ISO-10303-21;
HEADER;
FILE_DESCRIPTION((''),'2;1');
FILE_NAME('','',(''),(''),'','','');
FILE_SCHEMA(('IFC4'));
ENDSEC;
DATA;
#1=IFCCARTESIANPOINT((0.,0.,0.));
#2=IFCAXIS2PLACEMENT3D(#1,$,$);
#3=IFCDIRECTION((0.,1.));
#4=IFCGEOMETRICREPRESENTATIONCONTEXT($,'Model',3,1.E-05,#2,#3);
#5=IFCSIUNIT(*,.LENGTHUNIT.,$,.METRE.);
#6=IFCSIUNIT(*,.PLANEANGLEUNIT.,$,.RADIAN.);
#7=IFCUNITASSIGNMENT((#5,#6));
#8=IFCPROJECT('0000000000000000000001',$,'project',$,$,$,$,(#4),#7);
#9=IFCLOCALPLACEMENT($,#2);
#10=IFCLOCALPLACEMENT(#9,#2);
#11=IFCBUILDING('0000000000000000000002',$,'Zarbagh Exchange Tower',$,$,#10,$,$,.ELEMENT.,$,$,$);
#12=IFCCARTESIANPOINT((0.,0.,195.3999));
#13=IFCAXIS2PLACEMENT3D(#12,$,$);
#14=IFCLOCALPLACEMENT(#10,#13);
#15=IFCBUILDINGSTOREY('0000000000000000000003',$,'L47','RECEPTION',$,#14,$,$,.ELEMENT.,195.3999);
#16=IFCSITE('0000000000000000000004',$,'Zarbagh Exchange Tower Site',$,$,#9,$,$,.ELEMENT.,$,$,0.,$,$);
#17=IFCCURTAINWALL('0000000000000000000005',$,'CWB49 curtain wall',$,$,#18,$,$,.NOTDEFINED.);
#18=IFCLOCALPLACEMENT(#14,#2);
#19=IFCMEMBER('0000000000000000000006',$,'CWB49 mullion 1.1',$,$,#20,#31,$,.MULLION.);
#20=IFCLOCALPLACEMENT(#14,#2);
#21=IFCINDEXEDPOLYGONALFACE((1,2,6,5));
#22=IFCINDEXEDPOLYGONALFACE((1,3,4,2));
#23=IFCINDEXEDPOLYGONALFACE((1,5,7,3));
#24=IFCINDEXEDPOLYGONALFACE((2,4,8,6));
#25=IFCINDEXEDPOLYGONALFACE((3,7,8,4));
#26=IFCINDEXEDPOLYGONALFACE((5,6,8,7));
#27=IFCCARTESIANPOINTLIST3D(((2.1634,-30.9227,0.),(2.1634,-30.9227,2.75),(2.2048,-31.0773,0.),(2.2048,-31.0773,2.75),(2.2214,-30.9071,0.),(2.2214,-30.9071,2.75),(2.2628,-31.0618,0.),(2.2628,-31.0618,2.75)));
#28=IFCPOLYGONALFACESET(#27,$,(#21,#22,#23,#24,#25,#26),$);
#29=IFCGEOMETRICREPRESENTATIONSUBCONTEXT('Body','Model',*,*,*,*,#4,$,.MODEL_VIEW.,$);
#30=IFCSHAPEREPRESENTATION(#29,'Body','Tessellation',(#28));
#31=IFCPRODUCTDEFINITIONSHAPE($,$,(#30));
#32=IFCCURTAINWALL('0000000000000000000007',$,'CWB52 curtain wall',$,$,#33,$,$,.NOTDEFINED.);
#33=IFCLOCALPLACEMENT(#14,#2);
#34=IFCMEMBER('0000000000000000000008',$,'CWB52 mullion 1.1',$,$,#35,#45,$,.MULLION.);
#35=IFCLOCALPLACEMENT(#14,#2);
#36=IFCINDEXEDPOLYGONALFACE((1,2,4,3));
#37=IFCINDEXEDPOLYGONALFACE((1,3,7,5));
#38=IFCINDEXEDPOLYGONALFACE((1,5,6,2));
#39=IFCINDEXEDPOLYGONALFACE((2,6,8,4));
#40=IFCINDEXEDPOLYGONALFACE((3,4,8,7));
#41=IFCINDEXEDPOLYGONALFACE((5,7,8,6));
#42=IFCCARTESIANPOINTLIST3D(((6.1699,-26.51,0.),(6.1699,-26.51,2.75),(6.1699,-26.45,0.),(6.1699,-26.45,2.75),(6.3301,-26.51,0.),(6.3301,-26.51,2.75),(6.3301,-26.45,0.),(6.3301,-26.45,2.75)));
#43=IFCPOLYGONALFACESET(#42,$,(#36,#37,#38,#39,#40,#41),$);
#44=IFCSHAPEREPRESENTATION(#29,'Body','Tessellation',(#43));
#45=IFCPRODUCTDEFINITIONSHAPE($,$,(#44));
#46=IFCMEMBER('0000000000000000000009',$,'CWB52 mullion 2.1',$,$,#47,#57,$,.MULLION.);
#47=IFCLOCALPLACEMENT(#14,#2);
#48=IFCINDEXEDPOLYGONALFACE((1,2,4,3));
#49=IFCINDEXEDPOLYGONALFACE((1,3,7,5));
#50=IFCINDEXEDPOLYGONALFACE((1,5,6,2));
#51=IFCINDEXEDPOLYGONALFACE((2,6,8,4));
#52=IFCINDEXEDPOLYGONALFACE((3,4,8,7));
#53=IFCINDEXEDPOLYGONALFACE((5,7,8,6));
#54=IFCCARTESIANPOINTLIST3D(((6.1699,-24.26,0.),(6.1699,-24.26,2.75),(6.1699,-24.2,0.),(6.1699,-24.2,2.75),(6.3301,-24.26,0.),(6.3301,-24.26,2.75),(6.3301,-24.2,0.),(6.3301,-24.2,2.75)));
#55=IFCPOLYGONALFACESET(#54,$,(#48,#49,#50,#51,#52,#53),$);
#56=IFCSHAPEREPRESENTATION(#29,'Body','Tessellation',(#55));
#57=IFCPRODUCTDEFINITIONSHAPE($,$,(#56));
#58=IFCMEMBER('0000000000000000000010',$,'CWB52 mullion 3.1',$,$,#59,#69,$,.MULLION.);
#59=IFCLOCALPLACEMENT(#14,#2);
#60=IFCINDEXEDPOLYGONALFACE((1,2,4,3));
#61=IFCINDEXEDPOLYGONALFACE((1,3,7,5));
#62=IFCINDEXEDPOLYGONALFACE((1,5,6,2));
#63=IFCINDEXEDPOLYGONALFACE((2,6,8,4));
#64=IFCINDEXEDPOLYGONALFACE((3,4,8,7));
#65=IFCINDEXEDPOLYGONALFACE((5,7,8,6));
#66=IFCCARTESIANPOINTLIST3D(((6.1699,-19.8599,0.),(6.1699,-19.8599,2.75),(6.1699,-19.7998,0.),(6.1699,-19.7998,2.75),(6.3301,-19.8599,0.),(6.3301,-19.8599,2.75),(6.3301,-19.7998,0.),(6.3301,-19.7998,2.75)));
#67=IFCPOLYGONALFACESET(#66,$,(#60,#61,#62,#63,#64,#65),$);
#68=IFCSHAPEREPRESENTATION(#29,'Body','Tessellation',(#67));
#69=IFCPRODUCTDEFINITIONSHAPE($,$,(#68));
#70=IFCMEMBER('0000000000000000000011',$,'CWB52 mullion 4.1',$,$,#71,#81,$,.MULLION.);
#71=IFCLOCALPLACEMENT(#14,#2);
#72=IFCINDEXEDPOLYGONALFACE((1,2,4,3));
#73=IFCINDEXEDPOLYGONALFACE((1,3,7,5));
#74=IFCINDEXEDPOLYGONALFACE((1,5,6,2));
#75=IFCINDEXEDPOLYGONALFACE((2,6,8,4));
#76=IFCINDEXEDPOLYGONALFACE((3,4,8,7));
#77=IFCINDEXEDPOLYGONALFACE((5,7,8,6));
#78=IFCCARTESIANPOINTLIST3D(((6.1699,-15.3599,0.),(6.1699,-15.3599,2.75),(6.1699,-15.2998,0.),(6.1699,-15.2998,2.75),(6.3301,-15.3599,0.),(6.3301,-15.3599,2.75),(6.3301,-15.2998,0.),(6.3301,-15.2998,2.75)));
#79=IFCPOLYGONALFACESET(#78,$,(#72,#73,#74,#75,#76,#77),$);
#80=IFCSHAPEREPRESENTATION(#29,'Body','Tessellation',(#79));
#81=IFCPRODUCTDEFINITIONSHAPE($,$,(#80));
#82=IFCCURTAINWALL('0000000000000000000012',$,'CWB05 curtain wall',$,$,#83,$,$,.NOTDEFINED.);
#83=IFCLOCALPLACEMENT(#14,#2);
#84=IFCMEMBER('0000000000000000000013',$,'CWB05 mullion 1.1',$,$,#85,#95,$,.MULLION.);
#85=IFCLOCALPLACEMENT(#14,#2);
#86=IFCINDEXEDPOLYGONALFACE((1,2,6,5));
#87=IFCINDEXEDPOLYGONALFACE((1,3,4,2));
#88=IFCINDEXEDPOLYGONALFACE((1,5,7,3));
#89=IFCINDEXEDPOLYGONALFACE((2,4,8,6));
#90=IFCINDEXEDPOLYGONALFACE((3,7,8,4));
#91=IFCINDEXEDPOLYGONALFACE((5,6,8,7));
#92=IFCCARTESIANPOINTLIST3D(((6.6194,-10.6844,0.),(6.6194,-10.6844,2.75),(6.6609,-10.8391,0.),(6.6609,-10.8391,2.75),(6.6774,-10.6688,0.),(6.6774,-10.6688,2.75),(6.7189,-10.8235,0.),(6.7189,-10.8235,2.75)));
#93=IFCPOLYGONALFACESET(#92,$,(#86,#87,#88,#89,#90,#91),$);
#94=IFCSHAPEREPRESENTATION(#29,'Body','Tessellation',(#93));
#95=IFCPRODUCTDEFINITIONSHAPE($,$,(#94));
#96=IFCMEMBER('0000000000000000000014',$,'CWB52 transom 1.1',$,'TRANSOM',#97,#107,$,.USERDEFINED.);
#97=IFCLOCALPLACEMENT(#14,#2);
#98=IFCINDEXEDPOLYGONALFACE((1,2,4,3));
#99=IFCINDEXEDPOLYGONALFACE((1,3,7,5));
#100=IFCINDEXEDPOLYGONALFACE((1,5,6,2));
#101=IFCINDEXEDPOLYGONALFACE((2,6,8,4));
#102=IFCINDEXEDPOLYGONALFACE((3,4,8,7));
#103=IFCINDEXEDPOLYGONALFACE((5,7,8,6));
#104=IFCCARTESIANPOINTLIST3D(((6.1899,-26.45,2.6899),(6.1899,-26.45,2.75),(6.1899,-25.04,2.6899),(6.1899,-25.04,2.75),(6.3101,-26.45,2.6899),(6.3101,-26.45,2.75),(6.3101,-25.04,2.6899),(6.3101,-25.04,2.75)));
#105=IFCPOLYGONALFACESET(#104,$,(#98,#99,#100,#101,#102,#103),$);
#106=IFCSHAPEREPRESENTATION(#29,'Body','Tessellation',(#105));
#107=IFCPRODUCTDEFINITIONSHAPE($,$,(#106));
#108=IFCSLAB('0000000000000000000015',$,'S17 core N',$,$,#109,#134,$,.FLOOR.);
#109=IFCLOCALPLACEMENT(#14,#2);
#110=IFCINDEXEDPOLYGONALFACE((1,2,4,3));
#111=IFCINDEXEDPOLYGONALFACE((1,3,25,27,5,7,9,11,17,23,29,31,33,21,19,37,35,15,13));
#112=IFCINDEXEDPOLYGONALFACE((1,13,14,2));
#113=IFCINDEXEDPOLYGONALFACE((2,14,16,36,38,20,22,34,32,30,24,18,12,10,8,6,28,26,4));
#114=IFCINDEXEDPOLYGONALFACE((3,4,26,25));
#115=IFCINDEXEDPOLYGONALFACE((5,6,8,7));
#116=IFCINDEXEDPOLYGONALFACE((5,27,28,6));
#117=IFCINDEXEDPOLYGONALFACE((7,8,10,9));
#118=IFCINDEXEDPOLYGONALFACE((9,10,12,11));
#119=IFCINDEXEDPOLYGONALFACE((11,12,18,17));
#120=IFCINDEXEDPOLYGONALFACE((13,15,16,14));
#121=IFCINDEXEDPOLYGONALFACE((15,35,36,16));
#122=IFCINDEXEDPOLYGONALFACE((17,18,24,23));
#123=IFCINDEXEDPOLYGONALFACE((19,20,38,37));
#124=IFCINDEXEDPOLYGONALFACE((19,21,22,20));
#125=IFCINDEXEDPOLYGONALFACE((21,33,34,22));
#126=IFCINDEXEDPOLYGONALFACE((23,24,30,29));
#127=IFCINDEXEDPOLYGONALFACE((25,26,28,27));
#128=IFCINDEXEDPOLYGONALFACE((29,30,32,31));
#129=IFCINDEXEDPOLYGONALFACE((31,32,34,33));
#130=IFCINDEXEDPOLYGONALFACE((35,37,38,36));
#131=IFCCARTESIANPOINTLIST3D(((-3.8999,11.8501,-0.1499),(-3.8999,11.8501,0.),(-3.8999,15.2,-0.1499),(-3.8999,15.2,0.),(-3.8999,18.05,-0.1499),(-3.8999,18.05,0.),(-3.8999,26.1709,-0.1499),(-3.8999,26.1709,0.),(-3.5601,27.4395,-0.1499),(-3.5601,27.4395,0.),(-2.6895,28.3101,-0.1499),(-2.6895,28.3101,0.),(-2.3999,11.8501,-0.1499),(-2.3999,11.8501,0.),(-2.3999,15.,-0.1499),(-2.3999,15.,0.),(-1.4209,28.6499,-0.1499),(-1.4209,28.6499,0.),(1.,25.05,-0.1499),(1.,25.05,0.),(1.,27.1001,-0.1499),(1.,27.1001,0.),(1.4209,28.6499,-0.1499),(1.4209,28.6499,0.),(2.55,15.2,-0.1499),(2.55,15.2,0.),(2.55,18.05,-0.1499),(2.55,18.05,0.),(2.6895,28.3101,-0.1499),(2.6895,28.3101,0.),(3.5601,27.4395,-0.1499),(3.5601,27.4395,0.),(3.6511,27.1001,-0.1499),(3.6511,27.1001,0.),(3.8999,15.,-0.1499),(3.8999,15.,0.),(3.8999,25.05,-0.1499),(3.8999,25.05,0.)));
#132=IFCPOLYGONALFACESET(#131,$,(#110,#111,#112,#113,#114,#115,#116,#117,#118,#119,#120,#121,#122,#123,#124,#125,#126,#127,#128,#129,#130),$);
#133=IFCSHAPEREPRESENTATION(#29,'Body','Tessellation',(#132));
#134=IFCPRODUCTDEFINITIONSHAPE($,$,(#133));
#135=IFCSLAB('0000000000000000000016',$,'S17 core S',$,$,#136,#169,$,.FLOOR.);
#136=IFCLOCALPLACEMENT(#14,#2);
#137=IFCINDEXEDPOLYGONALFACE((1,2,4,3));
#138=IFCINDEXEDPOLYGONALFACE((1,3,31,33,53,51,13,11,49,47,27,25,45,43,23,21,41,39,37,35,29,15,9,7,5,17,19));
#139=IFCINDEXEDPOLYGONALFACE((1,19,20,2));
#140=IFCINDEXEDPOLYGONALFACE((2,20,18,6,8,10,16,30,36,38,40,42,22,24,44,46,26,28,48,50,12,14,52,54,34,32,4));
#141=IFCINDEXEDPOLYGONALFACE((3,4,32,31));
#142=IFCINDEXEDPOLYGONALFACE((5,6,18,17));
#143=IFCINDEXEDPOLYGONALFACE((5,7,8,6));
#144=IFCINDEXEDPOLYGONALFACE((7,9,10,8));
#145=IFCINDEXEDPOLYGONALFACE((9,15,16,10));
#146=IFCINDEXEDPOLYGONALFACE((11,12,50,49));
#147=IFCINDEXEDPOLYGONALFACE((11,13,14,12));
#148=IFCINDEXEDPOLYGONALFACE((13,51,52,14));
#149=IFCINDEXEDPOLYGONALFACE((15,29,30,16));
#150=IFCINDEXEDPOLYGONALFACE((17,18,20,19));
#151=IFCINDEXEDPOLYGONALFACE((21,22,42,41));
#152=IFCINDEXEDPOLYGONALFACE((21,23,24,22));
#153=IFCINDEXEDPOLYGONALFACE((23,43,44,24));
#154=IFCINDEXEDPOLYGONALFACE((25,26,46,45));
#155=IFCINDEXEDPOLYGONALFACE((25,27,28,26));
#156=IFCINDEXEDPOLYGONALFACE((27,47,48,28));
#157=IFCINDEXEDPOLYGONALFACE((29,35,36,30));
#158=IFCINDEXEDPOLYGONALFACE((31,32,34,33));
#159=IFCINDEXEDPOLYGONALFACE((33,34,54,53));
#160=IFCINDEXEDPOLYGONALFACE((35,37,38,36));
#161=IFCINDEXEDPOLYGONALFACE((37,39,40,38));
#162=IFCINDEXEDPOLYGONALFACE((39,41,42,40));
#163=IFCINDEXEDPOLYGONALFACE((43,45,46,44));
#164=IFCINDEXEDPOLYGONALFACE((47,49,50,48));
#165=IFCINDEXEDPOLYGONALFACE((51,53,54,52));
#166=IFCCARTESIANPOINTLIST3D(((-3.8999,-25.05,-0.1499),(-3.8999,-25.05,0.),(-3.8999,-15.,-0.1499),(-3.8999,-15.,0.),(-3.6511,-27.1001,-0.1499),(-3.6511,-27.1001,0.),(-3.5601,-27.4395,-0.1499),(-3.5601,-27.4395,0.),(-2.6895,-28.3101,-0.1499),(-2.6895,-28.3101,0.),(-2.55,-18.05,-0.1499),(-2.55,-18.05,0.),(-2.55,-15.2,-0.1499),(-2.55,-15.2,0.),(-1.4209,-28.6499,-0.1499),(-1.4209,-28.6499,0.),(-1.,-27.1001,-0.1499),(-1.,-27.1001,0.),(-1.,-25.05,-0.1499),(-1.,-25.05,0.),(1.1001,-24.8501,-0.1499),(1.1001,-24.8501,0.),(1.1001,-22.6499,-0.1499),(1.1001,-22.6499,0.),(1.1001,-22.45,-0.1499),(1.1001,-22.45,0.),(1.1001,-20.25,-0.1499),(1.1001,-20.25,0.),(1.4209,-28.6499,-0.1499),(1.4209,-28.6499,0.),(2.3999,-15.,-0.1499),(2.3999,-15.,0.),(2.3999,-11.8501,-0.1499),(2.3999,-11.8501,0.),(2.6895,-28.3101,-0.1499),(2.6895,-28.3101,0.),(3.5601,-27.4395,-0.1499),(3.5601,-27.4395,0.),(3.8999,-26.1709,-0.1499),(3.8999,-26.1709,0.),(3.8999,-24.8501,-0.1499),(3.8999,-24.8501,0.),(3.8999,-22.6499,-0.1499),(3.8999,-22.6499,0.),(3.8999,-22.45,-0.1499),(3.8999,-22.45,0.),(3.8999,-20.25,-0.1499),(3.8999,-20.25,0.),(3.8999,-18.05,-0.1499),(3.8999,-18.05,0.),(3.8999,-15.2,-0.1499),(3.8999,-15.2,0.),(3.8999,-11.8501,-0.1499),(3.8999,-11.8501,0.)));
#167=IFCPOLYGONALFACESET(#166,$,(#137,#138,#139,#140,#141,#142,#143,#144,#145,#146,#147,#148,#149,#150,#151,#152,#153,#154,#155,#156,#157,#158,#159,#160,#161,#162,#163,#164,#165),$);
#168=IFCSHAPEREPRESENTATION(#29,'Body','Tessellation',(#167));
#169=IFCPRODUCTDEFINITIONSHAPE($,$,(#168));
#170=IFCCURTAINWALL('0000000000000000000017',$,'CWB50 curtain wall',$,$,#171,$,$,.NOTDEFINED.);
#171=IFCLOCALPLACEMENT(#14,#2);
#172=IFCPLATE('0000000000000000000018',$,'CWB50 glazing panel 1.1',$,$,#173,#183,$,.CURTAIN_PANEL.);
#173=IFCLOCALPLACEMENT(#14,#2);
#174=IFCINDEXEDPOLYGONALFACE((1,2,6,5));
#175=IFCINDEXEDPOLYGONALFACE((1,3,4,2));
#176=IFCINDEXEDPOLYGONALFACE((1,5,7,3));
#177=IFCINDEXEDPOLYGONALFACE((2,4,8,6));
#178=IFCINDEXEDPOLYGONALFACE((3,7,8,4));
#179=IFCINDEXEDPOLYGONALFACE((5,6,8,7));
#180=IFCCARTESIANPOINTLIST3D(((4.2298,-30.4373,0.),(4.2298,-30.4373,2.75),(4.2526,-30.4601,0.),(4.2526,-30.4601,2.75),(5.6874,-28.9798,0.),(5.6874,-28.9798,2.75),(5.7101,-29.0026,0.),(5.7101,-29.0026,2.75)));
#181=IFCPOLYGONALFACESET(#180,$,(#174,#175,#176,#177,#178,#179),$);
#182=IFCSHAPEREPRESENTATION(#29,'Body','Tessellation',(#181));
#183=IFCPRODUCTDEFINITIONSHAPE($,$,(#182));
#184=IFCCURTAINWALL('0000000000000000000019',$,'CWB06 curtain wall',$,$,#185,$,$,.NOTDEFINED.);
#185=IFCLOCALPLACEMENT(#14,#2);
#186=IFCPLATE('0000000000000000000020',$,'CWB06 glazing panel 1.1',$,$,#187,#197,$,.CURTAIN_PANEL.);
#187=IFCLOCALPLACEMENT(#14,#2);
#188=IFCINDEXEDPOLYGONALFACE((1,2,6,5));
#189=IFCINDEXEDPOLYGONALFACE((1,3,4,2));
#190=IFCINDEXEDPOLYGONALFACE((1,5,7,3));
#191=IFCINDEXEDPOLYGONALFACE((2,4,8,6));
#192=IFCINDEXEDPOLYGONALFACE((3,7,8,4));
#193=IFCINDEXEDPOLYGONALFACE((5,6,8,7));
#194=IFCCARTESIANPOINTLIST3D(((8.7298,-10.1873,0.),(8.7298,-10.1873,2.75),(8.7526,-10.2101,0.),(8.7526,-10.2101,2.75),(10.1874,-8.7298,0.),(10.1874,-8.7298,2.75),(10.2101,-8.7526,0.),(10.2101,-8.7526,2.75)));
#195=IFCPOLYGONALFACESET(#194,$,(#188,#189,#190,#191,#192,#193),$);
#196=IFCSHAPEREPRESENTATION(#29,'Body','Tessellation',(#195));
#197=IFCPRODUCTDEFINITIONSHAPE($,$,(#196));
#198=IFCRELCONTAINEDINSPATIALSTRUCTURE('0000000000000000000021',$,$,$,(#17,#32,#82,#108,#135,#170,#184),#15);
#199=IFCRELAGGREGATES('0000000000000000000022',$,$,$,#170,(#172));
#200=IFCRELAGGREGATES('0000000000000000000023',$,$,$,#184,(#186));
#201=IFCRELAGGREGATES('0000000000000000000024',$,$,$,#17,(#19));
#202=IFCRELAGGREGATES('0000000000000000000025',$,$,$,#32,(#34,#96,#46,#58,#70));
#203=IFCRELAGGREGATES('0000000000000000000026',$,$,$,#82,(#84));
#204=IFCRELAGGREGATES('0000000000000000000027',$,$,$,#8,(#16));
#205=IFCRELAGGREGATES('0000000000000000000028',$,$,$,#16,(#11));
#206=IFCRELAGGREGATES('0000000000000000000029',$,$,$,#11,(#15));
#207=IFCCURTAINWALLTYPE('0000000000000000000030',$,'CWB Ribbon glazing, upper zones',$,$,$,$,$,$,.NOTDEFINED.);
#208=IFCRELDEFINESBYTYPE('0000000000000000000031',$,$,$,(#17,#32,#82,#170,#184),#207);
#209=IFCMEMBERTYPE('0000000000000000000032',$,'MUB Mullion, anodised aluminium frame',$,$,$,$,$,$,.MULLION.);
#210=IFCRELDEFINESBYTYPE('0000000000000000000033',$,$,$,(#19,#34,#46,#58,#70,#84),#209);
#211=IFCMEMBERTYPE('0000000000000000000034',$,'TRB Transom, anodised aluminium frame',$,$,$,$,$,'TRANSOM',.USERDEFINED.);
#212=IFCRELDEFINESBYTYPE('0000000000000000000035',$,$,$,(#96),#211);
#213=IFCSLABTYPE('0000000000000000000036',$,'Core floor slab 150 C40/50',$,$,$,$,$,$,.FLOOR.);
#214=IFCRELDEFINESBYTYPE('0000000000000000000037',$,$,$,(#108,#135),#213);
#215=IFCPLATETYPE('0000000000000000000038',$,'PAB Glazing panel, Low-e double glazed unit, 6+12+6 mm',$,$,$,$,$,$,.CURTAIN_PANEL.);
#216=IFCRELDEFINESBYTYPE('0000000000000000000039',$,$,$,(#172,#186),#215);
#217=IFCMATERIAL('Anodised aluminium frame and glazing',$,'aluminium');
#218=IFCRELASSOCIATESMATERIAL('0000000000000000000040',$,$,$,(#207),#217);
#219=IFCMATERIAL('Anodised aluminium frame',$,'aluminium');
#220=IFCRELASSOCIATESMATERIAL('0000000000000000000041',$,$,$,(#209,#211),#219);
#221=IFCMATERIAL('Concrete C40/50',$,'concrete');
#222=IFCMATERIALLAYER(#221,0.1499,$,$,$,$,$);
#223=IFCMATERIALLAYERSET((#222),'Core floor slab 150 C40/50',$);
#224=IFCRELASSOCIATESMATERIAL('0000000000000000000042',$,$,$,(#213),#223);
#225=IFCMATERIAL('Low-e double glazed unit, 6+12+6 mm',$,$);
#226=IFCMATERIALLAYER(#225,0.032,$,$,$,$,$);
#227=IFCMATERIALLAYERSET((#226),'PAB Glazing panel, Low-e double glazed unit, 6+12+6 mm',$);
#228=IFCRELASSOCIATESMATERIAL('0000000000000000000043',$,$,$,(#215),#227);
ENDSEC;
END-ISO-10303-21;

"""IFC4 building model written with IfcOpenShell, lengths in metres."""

from ifc_helpers import new_model, si_unit, direction, frame, origin, place, context, subcontext, project, spatial, polyline, outline, extrude, source, transform, mapped, material, layer, layer_set, type_object, element, aggregate, save


model = new_model("IFC4")

# Units and contexts
model_context = context("Model", 3, precision=1e-05, world=origin(), true_north=direction((0.0, 1.0)))
body_context = subcontext(model_context, "Body", "Model", "MODEL_VIEW")
ifc_project = project(units=[si_unit("LENGTHUNIT", "METRE"), si_unit("PLANEANGLEUNIT", "RADIAN")], contexts=[model_context])

# Site, building, storey
site_placement = place(None, origin())
site = spatial("IfcSite", under=ifc_project, at=site_placement, Name="Zarbagh Exchange Tower Site", CompositionType="ELEMENT", RefElevation=0.0)
building_placement = place(site_placement, origin())
building = spatial("IfcBuilding", under=site, at=building_placement, Name="Zarbagh Exchange Tower", CompositionType="ELEMENT")
storey_placement = place(building_placement, frame((0.0, 0.0, 195.3999)))
storey = spatial("IfcBuildingStorey", under=building, at=storey_placement, Name="L47", Description="RECEPTION", CompositionType="ELEMENT", Elevation=195.3999)

# Curtain wall, member
ifc_material_1 = material(Name="Anodised aluminium frame and glazing", Category="aluminium")
curtain_wall_type = type_object("IfcCurtainWallType", Name="CWB Ribbon glazing, upper zones", PredefinedType="NOTDEFINED", material=ifc_material_1)
curtain_wall_1_placement = place(storey_placement, origin())
curtain_wall_1 = element("IfcCurtainWall", 1, at=curtain_wall_1_placement, inside=storey, type_object=curtain_wall_type, Name="CWB49 curtain wall", PredefinedType="NOTDEFINED")
ifc_material_2 = material(Name="Anodised aluminium frame", Category="aluminium")
member_type_1 = type_object("IfcMemberType", Name="MUB Mullion, anodised aluminium frame", PredefinedType="MULLION", material=ifc_material_2)
shared_shape_1 = source(origin(), body_context, "Body", "SweptSolid", [
    extrude(outline(polyline([(0.0, -0.0801), (0.0601, -0.0801), (0.0601, 0.0801), (0.0, 0.0801), (0.0, -0.0801)])), origin(), (0.0, 0.0, 1.0), 2.75),
])
placement = place(storey_placement, origin())
member_1 = element("IfcMember", 2, at=placement, type_object=member_type_1, Name="CWB49 mullion 1.1", PredefinedType="MULLION", context=body_context, shape_type="MappedRepresentation", body=[
    mapped(shared_shape_1, transform((2.1841, -31.0, 0.0), x_axis=(0.965924, 0.258825, 0.0), y_axis=(-0.258825, 0.965924, 0.0), z_axis=(0.0, 0.0, 1.0))),
])

# Curtain wall, members
curtain_wall_2_placement = place(storey_placement, origin())
curtain_wall_2 = element("IfcCurtainWall", 3, at=curtain_wall_2_placement, inside=storey, type_object=curtain_wall_type, Name="CWB52 curtain wall", PredefinedType="NOTDEFINED")
member_2 = element("IfcMember", 4, at=placement, type_object=member_type_1, Name="CWB52 mullion 1.1", PredefinedType="MULLION", context=body_context, shape_type="MappedRepresentation", body=[
    mapped(shared_shape_1, transform((6.25, -26.51, 0.0), x_axis=(0.0, 1.0, 0.0), y_axis=(-1.0, 0.0, 0.0), z_axis=(0.0, 0.0, 1.0))),
])
member_3 = element("IfcMember", 5, at=placement, type_object=member_type_1, Name="CWB52 mullion 2.1", PredefinedType="MULLION", context=body_context, shape_type="MappedRepresentation", body=[
    mapped(shared_shape_1, transform((6.25, -24.26, 0.0), x_axis=(0.0, 1.0, 0.0), y_axis=(-1.0, 0.0, 0.0), z_axis=(0.0, 0.0, 1.0))),
])
member_4 = element("IfcMember", 6, at=placement, type_object=member_type_1, Name="CWB52 mullion 3.1", PredefinedType="MULLION", context=body_context, shape_type="MappedRepresentation", body=[
    mapped(shared_shape_1, transform((6.25, -19.8599, 0.0), x_axis=(0.0, 1.0, 0.0), y_axis=(-1.0, 0.0, 0.0), z_axis=(0.0, 0.0, 1.0))),
])
member_5 = element("IfcMember", 7, at=placement, type_object=member_type_1, Name="CWB52 mullion 4.1", PredefinedType="MULLION", context=body_context, shape_type="MappedRepresentation", body=[
    mapped(shared_shape_1, transform((6.25, -15.3599, 0.0), x_axis=(0.0, 1.0, 0.0), y_axis=(-1.0, 0.0, 0.0), z_axis=(0.0, 0.0, 1.0))),
])

# Curtain wall, member
curtain_wall_3_placement = place(storey_placement, origin())
curtain_wall_3 = element("IfcCurtainWall", 8, at=curtain_wall_3_placement, inside=storey, type_object=curtain_wall_type, Name="CWB05 curtain wall", PredefinedType="NOTDEFINED")
member_6 = element("IfcMember", 9, at=placement, type_object=member_type_1, Name="CWB05 mullion 1.1", PredefinedType="MULLION", context=body_context, shape_type="MappedRepresentation", body=[
    mapped(shared_shape_1, transform((6.6401, -10.7617, 0.0), x_axis=(0.965924, 0.258825, 0.0), y_axis=(-0.258825, 0.965924, 0.0), z_axis=(0.0, 0.0, 1.0))),
])

# Member
member_type_2 = type_object("IfcMemberType", Name="TRB Transom, anodised aluminium frame", ElementType="TRANSOM", PredefinedType="USERDEFINED", material=ifc_material_2)
shared_shape_2 = source(origin(), body_context, "Body", "SweptSolid", [
    extrude(outline(polyline([(-0.0601, -0.0601), (0.0, -0.0601), (0.0, 0.0601), (-0.0601, 0.0601), (-0.0601, -0.0601)])), origin(), (0.0, 0.0, 1.0), 1.4099),
])
member_7 = element("IfcMember", 10, at=placement, type_object=member_type_2, Name="CWB52 transom 1.1", ObjectType="TRANSOM", PredefinedType="USERDEFINED", context=body_context, shape_type="MappedRepresentation", body=[
    mapped(shared_shape_2, transform((6.25, -26.45, 2.75), x_axis=(0.0, 0.0, 1.0), y_axis=(1.0, 0.0, 0.0), z_axis=(0.0, 1.0, 0.0))),
])

# Slabs
ifc_material_3 = material(Name="Concrete C40/50", Category="concrete")
ifc_layer_1 = layer(ifc_material_3, 0.1499)
ifc_layer_set_1 = layer_set([ifc_layer_1], Name="Core floor slab 150 C40/50")
slab_type = type_object("IfcSlabType", Name="Core floor slab 150 C40/50", PredefinedType="FLOOR", material=ifc_layer_set_1)
slab_1_placement = place(storey_placement, frame((0.0, 0.0, -0.1499)))
element("IfcSlab", 11, at=slab_1_placement, inside=storey, type_object=slab_type, Name="S17 core N", PredefinedType="FLOOR", context=body_context, shape_type="SweptSolid", body=[
    extrude(outline(polyline([(-3.8999, 11.8501), (-3.8999, 15.2), (2.55, 15.2), (2.55, 18.05), (-3.8999, 18.05), (-3.8999, 26.1709), (-3.5601, 27.4395), (-2.6895, 28.3101), (-1.4209, 28.6499), (1.4209, 28.6499), (2.6895, 28.3101), (3.5601, 27.4395), (3.6511, 27.1001), (1.0, 27.1001), (1.0, 25.05), (3.8999, 25.05), (3.8999, 15.0), (-2.3999, 15.0), (-2.3999, 11.8501), (-3.8999, 11.8501)])), origin(), (0.0, 0.0, 1.0), 0.1499),
])
slab_2_placement = place(storey_placement, frame((0.0, 0.0, -0.1499)))
element("IfcSlab", 12, at=slab_2_placement, inside=storey, type_object=slab_type, Name="S17 core S", PredefinedType="FLOOR", context=body_context, shape_type="SweptSolid", body=[
    extrude(outline(polyline([(-2.6895, -28.3101), (-3.5601, -27.4395), (-3.6511, -27.1001), (-1.0, -27.1001), (-1.0, -25.05), (-3.8999, -25.05), (-3.8999, -15.0), (2.3999, -15.0), (2.3999, -11.8501), (3.8999, -11.8501), (3.8999, -15.2), (-2.55, -15.2), (-2.55, -18.05), (3.8999, -18.05), (3.8999, -20.25), (1.1001, -20.25), (1.1001, -22.45), (3.8999, -22.45), (3.8999, -22.6499), (1.1001, -22.6499), (1.1001, -24.8501), (3.8999, -24.8501), (3.8999, -26.1709), (3.5601, -27.4395), (2.6895, -28.3101), (1.4209, -28.6499), (-1.4209, -28.6499), (-2.6895, -28.3101)])), origin(), (0.0, 0.0, 1.0), 0.1499),
])

# Curtain walls, plates
curtain_wall_4_placement = place(storey_placement, origin())
curtain_wall_4 = element("IfcCurtainWall", 13, at=curtain_wall_4_placement, inside=storey, type_object=curtain_wall_type, Name="CWB50 curtain wall", PredefinedType="NOTDEFINED")
ifc_material_4 = material(Name="Low-e double glazed unit, 6+12+6 mm")
ifc_layer_2 = layer(ifc_material_4, 0.032)
ifc_layer_set_2 = layer_set([ifc_layer_2], Name="PAB Glazing panel, Low-e double glazed unit, 6+12+6 mm")
plate_type = type_object("IfcPlateType", Name="PAB Glazing panel, Low-e double glazed unit, 6+12+6 mm", PredefinedType="CURTAIN_PANEL", material=ifc_layer_set_2)
shared_shape_3 = source(origin(), body_context, "Body", "SweptSolid", [
    extrude(outline(polyline([(0.0, -0.0161), (2.0613, -0.0161), (2.0613, 0.0161), (0.0, 0.0161), (0.0, -0.0161)])), origin(), (0.0, 0.0, 1.0), 2.75),
])
plate_1 = element("IfcPlate", 14, at=placement, type_object=plate_type, Name="CWB50 glazing panel 1.1", PredefinedType="CURTAIN_PANEL", context=body_context, shape_type="MappedRepresentation", body=[
    mapped(shared_shape_3, transform((4.2412, -30.4487, 0.0), x_axis=(0.707107, 0.707107, 0.0), y_axis=(-0.707107, 0.707107, 0.0), z_axis=(0.0, 0.0, 1.0))),
])
aggregate(curtain_wall_4, [plate_1])
curtain_wall_5_placement = place(storey_placement, origin())
curtain_wall_5 = element("IfcCurtainWall", 15, at=curtain_wall_5_placement, inside=storey, type_object=curtain_wall_type, Name="CWB06 curtain wall", PredefinedType="NOTDEFINED")
plate_2 = element("IfcPlate", 16, at=placement, type_object=plate_type, Name="CWB06 glazing panel 1.1", PredefinedType="CURTAIN_PANEL", context=body_context, shape_type="MappedRepresentation", body=[
    mapped(shared_shape_3, transform((8.7412, -10.1987, 0.0), x_axis=(0.707107, 0.707107, 0.0), y_axis=(-0.707107, 0.707107, 0.0), z_axis=(0.0, 0.0, 1.0))),
])
aggregate(curtain_wall_5, [plate_2])

aggregate(curtain_wall_1, [member_1])

aggregate(curtain_wall_2, [member_2, member_7, member_3, member_4, member_5])
aggregate(curtain_wall_3, [member_6])

save(model, "model.ifc")
